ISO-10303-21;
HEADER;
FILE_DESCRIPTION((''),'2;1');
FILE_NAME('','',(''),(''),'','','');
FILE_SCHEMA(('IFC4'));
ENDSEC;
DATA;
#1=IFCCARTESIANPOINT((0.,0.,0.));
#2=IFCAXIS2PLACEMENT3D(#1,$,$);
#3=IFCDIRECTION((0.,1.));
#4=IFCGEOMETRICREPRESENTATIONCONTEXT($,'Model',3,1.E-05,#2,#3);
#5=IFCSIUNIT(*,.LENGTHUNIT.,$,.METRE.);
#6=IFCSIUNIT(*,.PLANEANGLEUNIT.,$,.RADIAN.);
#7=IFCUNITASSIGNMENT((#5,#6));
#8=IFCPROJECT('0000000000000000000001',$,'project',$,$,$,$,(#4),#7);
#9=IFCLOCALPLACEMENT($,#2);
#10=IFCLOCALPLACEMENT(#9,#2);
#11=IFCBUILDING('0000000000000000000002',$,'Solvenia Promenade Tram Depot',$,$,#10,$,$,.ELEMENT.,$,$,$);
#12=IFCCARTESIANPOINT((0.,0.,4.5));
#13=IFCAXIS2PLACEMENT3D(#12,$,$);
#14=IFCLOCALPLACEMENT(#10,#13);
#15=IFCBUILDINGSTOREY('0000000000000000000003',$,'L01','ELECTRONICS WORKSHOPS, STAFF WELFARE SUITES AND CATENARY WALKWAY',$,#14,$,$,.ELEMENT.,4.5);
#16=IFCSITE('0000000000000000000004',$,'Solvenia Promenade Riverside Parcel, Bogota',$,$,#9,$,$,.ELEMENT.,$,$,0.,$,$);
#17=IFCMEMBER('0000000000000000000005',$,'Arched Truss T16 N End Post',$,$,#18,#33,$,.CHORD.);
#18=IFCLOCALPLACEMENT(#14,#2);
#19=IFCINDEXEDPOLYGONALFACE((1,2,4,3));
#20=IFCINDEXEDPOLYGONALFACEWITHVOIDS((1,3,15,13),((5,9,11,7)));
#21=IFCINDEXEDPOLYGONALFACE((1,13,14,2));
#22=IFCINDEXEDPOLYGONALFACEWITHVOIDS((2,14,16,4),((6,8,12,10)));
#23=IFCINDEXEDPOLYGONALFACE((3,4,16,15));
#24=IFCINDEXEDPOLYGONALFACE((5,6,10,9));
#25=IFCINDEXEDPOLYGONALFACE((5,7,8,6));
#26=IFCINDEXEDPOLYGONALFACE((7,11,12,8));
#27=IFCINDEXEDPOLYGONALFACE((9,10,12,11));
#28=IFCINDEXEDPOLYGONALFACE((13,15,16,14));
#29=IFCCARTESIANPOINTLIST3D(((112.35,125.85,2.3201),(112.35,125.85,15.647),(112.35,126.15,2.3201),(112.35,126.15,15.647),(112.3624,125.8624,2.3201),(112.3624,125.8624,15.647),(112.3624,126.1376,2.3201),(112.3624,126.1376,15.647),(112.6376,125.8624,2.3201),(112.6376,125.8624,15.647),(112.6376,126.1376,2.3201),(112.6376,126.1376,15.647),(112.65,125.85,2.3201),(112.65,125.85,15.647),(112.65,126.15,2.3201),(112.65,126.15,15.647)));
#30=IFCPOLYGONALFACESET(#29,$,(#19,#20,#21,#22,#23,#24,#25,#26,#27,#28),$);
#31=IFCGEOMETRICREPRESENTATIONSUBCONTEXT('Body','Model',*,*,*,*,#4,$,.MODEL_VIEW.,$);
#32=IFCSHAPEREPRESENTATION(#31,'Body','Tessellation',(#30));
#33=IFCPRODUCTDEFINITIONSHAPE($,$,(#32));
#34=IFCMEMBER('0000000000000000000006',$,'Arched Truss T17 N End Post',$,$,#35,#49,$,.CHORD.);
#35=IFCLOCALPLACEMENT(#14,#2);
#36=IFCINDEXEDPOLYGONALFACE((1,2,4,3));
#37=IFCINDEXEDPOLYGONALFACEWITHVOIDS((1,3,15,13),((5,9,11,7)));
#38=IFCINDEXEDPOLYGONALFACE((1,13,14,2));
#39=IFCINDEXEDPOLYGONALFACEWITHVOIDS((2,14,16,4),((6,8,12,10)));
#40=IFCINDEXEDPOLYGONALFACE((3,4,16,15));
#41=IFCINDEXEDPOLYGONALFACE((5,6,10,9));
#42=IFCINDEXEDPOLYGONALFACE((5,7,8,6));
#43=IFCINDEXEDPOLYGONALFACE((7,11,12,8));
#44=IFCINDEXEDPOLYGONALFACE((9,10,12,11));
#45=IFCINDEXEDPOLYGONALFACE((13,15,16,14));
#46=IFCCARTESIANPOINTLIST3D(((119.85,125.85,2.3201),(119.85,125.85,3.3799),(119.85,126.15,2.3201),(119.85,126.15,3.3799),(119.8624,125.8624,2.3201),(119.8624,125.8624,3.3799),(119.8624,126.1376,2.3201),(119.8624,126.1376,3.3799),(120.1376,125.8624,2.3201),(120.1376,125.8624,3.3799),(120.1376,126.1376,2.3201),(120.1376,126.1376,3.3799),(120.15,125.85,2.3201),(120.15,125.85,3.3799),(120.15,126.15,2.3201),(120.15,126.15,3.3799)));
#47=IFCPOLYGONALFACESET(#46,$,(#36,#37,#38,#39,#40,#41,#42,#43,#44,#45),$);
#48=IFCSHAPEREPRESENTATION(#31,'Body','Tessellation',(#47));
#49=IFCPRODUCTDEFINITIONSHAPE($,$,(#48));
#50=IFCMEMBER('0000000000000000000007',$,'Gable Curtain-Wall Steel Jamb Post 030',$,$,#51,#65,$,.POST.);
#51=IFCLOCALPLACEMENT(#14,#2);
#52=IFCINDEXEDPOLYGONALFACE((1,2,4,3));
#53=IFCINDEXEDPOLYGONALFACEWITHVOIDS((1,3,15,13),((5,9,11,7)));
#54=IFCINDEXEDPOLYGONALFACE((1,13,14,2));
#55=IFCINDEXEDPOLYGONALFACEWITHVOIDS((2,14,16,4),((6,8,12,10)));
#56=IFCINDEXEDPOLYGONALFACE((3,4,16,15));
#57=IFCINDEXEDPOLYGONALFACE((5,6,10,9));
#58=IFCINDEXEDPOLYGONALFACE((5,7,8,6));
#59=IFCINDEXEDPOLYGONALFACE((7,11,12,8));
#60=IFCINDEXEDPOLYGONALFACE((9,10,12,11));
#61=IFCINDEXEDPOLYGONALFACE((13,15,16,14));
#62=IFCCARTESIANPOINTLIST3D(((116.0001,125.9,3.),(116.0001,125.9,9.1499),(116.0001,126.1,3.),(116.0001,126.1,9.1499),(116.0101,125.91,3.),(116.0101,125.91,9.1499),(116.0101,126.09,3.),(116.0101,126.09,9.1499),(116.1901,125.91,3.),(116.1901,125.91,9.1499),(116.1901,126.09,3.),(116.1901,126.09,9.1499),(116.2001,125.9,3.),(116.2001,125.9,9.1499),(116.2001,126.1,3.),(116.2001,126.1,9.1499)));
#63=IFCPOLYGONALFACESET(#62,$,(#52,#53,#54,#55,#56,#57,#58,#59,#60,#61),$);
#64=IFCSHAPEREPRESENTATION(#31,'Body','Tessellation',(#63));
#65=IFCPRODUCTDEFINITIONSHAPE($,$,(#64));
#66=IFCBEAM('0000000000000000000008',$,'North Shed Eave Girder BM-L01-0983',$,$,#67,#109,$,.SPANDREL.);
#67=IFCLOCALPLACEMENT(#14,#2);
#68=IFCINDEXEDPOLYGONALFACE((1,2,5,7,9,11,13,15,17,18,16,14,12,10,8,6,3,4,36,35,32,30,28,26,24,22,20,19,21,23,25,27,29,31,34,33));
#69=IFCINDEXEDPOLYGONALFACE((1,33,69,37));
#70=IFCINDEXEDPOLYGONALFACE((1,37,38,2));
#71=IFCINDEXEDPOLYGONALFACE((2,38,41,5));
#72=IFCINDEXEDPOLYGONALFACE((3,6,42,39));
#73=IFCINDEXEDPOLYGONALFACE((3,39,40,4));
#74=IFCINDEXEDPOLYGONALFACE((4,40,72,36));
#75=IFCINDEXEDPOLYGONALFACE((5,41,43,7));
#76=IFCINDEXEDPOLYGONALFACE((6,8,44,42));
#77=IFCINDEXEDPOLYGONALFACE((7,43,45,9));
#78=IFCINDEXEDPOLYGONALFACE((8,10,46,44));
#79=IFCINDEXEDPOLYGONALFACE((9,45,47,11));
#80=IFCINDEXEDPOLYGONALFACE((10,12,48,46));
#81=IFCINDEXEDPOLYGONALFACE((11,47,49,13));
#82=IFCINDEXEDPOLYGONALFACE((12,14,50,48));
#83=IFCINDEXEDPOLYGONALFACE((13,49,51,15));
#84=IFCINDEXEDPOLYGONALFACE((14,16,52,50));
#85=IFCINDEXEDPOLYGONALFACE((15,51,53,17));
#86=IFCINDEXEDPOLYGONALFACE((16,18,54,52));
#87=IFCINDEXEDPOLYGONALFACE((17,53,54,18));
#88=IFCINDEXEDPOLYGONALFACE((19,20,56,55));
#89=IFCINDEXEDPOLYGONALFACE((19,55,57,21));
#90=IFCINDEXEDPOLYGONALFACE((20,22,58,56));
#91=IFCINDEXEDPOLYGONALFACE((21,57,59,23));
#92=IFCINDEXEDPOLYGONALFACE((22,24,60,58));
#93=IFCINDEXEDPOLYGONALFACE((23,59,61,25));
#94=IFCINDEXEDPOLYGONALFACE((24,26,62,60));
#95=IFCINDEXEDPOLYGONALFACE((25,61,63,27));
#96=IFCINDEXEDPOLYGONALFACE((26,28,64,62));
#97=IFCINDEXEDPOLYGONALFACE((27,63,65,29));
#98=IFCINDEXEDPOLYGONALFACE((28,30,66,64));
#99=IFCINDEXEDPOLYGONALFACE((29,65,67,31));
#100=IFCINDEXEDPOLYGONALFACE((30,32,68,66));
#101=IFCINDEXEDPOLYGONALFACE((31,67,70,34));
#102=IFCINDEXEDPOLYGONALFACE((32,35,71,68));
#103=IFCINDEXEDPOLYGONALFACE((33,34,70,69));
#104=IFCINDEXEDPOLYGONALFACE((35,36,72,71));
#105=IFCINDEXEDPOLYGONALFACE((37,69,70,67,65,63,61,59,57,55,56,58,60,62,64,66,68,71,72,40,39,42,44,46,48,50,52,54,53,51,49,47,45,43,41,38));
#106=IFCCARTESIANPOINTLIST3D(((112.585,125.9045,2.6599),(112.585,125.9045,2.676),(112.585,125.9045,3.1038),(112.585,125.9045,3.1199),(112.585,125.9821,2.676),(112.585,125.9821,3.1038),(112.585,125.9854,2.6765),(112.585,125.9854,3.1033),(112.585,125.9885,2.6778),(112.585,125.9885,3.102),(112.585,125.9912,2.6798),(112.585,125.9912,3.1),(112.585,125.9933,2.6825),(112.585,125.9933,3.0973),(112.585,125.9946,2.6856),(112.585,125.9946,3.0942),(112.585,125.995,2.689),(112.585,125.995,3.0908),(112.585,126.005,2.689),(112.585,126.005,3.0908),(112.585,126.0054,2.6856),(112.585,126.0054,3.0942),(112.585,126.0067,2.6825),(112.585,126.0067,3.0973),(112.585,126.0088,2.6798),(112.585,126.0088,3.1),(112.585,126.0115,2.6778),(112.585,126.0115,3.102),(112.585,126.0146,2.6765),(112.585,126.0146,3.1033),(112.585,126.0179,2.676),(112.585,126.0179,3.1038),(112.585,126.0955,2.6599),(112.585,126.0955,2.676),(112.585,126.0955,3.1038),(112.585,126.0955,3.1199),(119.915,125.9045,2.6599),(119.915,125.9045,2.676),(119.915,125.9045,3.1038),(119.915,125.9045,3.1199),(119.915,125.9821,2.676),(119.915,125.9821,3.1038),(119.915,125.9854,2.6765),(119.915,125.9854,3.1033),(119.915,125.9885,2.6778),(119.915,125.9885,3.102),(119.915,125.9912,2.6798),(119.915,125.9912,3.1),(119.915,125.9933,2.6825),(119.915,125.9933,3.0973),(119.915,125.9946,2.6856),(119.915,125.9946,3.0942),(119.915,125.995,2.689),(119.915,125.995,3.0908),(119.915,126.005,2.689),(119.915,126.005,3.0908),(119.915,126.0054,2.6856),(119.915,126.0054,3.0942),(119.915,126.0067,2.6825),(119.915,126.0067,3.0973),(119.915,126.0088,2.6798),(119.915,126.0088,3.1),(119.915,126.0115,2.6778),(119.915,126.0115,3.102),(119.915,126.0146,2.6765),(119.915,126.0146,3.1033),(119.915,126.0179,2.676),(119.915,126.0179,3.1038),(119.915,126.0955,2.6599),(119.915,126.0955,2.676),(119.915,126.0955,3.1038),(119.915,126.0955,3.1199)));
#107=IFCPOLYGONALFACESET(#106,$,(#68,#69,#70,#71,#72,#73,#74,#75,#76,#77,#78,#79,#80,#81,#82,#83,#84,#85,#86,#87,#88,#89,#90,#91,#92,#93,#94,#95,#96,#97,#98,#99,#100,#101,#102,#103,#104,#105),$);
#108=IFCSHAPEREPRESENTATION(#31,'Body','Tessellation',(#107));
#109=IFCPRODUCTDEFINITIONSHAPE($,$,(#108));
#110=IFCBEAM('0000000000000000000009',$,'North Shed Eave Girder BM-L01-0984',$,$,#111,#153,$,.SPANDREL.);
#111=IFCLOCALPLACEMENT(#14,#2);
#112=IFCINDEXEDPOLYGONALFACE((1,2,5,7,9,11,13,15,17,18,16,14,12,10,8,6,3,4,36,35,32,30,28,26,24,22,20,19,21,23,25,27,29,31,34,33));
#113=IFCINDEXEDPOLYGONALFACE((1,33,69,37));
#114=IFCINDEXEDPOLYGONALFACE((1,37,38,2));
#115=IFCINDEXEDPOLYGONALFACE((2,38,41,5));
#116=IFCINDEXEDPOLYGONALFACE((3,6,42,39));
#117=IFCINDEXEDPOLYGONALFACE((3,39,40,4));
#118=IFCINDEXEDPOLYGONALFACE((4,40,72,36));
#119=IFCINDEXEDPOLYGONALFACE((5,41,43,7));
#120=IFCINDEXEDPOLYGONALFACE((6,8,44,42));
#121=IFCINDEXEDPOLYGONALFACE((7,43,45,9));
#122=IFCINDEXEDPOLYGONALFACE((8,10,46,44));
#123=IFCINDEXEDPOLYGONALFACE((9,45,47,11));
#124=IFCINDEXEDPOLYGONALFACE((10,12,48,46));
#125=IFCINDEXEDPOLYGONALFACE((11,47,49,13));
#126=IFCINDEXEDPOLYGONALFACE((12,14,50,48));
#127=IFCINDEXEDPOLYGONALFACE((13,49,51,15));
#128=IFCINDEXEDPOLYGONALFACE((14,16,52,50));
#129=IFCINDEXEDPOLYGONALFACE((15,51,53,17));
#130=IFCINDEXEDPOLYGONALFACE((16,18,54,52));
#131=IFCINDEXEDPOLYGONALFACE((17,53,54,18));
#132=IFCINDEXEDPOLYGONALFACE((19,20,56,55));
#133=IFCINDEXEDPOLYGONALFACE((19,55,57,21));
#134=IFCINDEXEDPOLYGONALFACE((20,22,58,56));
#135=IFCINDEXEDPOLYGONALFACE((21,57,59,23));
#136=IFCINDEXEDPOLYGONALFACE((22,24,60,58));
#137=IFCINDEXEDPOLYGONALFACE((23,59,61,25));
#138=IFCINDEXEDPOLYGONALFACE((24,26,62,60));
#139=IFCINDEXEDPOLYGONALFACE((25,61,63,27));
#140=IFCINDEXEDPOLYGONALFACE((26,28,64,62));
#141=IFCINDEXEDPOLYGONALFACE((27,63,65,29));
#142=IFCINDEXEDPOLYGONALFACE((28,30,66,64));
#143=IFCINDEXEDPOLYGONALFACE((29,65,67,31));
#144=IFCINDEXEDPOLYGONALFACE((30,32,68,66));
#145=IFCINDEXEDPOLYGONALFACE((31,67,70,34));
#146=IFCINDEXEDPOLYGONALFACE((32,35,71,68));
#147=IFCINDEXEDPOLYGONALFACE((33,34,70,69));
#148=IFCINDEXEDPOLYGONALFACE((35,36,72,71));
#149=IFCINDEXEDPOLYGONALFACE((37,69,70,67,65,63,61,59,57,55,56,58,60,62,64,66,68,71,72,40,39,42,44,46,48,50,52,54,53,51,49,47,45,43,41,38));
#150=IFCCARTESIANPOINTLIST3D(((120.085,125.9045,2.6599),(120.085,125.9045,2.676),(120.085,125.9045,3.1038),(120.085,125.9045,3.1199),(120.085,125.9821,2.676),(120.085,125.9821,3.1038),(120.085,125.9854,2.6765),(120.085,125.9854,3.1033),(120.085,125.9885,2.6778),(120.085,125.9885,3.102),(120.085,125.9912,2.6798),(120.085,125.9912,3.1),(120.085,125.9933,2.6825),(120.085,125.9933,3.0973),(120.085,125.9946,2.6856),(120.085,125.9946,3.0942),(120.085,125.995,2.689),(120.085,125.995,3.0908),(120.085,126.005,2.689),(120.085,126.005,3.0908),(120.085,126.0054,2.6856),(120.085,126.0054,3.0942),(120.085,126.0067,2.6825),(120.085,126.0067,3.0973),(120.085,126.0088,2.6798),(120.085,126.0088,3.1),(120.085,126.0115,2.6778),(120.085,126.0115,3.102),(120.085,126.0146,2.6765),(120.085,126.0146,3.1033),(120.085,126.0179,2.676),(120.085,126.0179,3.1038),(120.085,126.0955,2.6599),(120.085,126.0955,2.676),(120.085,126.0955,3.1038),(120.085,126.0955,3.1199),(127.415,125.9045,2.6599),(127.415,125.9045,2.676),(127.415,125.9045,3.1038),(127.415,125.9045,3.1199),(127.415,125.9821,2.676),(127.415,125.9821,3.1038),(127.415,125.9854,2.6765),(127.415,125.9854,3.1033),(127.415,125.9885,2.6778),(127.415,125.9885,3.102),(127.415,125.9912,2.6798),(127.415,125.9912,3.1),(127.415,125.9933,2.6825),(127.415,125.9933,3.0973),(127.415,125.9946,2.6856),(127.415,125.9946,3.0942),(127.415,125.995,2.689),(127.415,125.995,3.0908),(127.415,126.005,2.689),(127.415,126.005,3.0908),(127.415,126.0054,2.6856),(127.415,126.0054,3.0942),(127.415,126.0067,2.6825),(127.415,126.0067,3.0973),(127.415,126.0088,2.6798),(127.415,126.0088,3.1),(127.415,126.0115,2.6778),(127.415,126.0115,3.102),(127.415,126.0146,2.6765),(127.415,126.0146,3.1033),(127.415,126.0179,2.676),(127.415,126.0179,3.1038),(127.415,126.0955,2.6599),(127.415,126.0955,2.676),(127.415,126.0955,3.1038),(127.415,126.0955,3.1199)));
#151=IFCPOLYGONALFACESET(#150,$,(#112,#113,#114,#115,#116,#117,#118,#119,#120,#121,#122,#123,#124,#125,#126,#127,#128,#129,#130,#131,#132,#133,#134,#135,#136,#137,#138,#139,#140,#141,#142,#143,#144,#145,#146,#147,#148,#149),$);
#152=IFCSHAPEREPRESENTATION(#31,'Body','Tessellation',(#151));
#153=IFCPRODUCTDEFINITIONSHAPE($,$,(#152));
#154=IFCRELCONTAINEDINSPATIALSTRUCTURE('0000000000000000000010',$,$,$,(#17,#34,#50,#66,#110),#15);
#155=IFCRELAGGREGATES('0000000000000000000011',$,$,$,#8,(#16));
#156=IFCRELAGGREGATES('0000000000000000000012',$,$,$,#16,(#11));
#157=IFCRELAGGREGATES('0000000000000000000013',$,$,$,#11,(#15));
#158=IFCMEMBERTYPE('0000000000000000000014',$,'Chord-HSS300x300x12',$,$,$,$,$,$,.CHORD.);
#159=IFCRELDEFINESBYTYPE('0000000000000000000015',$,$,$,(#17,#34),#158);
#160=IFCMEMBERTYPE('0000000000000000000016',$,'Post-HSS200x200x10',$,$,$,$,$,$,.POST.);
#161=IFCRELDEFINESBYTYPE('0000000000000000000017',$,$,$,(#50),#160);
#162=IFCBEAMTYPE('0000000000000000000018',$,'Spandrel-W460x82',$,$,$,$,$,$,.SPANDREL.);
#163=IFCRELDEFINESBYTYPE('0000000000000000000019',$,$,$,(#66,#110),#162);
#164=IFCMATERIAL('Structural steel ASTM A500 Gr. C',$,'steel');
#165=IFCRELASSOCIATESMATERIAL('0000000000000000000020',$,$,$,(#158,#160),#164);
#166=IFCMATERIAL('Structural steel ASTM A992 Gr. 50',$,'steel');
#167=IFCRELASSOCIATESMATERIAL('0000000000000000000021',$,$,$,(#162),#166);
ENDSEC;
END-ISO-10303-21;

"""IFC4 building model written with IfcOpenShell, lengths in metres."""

from ifc_helpers import new_model, si_unit, direction, frame, origin, origin_2d, place, context, subcontext, project, spatial, hollow_rectangle, i_section, extrude, material, material_profile, profile_set, type_object, element, save


model = new_model("IFC4")

# Units and contexts
model_context = context("Model", 3, precision=1e-05, world=origin(), true_north=direction((0.0, 1.0)))
body_context = subcontext(model_context, "Body", "Model", "MODEL_VIEW")
ifc_project = project(units=[si_unit("LENGTHUNIT", "METRE"), si_unit("PLANEANGLEUNIT", "RADIAN")], contexts=[model_context])

# Site, building, storey
site_placement = place(None, origin())
site = spatial("IfcSite", under=ifc_project, at=site_placement, Name="Solvenia Promenade Riverside Parcel, Bogota", CompositionType="ELEMENT", RefElevation=0.0)
building_placement = place(site_placement, origin())
building = spatial("IfcBuilding", under=site, at=building_placement, Name="Solvenia Promenade Tram Depot", CompositionType="ELEMENT")
storey_placement = place(building_placement, frame((0.0, 0.0, 4.5)))
storey = spatial("IfcBuildingStorey", under=building, at=storey_placement, Name="L01", Description="ELECTRONICS WORKSHOPS, STAFF WELFARE SUITES AND CATENARY WALKWAY", CompositionType="ELEMENT", Elevation=4.5)

# Shared definitions
ifc_material_1 = material(Name="Structural steel ASTM A992 Gr. 50", Category="steel")

# Shared definitions
ifc_material_2 = material(Name="Structural steel ASTM A500 Gr. C", Category="steel")

# Members
ifc_material_profile_1 = material_profile(ifc_material_2, hollow_rectangle(XDim=0.3, YDim=0.3, WallThickness=0.0125, at=origin_2d()), Name="HSS300x300x12.5", Category="steel")
ifc_profile_set_1 = profile_set([ifc_material_profile_1], Name="Structural steel ASTM A500 Gr. C")
member_type_1 = type_object("IfcMemberType", Name="Chord-HSS300x300x12", PredefinedType="CHORD", material=ifc_profile_set_1)
member_1_placement = place(storey_placement, frame((112.5, 126.0, 2.3201), z_axis=(0.0, 0.0, 1.0), x_axis=(1.0, 0.0, 0.0)))
element("IfcMember", 1, at=member_1_placement, inside=storey, type_object=member_type_1, Name="Arched Truss T16 N End Post", PredefinedType="CHORD", context=body_context, shape_type="SweptSolid", body=[
    extrude(hollow_rectangle(XDim=0.3, YDim=0.3, WallThickness=0.0125, at=origin_2d()), origin(), (0.0, 0.0, 1.0), 13.3269),
])
member_2_placement = place(storey_placement, frame((120.0, 126.0, 2.3201), z_axis=(0.0, 0.0, 1.0), x_axis=(1.0, 0.0, 0.0)))
element("IfcMember", 2, at=member_2_placement, inside=storey, type_object=member_type_1, Name="Arched Truss T17 N End Post", PredefinedType="CHORD", context=body_context, shape_type="SweptSolid", body=[
    extrude(hollow_rectangle(XDim=0.3, YDim=0.3, WallThickness=0.0125, at=origin_2d()), origin(), (0.0, 0.0, 1.0), 1.0598),
])
ifc_material_profile_2 = material_profile(ifc_material_2, hollow_rectangle(XDim=0.2, YDim=0.2, WallThickness=0.01, at=origin_2d()), Name="HSS200x200x10", Category="steel")
ifc_profile_set_2 = profile_set([ifc_material_profile_2], Name="Structural steel ASTM A500 Gr. C")
member_type_2 = type_object("IfcMemberType", Name="Post-HSS200x200x10", PredefinedType="POST", material=ifc_profile_set_2)
member_3_placement = place(storey_placement, frame((116.1001, 126.0, 3.0), z_axis=(0.0, 0.0, 1.0), x_axis=(1.0, 0.0, 0.0)))
element("IfcMember", 3, at=member_3_placement, inside=storey, type_object=member_type_2, Name="Gable Curtain-Wall Steel Jamb Post 030", PredefinedType="POST", context=body_context, shape_type="SweptSolid", body=[
    extrude(hollow_rectangle(XDim=0.2, YDim=0.2, WallThickness=0.01, at=origin_2d()), origin(), (0.0, 0.0, 1.0), 6.1499),
])

# Beams
ifc_material_profile_3 = material_profile(ifc_material_1, i_section(OverallWidth=0.1909, OverallDepth=0.46, WebThickness=0.01, FlangeThickness=0.0161, FilletRadius=0.0129, at=origin_2d()), Name="W460x82", Category="steel")
ifc_profile_set_3 = profile_set([ifc_material_profile_3], Name="Structural steel ASTM A992 Gr. 50")
beam_type = type_object("IfcBeamType", Name="Spandrel-W460x82", PredefinedType="SPANDREL", material=ifc_profile_set_3)
for number, where, z_axis, x_axis, name in (
    (4, (112.585, 126.0, 2.8899), (1.0, 0.0, 0.0), (0.0, 1.0, 0.0), "North Shed Eave Girder BM-L01-0983"),
    (5, (120.085, 126.0, 2.8899), (1.0, 0.0, 0.0), (0.0, 1.0, 0.0), "North Shed Eave Girder BM-L01-0984"),
):
    element("IfcBeam", number, at=place(storey_placement, frame(where, z_axis=z_axis, x_axis=x_axis)), inside=storey, type_object=beam_type, Name=name, PredefinedType="SPANDREL", context=body_context, shape_type="SweptSolid", body=[
        extrude(i_section(OverallWidth=0.1909, OverallDepth=0.46, WebThickness=0.01, FlangeThickness=0.0161, FilletRadius=0.0129, at=origin_2d()), origin(), (0.0, 0.0, 1.0), 7.3301),
    ])

save(model, "model.ifc")
